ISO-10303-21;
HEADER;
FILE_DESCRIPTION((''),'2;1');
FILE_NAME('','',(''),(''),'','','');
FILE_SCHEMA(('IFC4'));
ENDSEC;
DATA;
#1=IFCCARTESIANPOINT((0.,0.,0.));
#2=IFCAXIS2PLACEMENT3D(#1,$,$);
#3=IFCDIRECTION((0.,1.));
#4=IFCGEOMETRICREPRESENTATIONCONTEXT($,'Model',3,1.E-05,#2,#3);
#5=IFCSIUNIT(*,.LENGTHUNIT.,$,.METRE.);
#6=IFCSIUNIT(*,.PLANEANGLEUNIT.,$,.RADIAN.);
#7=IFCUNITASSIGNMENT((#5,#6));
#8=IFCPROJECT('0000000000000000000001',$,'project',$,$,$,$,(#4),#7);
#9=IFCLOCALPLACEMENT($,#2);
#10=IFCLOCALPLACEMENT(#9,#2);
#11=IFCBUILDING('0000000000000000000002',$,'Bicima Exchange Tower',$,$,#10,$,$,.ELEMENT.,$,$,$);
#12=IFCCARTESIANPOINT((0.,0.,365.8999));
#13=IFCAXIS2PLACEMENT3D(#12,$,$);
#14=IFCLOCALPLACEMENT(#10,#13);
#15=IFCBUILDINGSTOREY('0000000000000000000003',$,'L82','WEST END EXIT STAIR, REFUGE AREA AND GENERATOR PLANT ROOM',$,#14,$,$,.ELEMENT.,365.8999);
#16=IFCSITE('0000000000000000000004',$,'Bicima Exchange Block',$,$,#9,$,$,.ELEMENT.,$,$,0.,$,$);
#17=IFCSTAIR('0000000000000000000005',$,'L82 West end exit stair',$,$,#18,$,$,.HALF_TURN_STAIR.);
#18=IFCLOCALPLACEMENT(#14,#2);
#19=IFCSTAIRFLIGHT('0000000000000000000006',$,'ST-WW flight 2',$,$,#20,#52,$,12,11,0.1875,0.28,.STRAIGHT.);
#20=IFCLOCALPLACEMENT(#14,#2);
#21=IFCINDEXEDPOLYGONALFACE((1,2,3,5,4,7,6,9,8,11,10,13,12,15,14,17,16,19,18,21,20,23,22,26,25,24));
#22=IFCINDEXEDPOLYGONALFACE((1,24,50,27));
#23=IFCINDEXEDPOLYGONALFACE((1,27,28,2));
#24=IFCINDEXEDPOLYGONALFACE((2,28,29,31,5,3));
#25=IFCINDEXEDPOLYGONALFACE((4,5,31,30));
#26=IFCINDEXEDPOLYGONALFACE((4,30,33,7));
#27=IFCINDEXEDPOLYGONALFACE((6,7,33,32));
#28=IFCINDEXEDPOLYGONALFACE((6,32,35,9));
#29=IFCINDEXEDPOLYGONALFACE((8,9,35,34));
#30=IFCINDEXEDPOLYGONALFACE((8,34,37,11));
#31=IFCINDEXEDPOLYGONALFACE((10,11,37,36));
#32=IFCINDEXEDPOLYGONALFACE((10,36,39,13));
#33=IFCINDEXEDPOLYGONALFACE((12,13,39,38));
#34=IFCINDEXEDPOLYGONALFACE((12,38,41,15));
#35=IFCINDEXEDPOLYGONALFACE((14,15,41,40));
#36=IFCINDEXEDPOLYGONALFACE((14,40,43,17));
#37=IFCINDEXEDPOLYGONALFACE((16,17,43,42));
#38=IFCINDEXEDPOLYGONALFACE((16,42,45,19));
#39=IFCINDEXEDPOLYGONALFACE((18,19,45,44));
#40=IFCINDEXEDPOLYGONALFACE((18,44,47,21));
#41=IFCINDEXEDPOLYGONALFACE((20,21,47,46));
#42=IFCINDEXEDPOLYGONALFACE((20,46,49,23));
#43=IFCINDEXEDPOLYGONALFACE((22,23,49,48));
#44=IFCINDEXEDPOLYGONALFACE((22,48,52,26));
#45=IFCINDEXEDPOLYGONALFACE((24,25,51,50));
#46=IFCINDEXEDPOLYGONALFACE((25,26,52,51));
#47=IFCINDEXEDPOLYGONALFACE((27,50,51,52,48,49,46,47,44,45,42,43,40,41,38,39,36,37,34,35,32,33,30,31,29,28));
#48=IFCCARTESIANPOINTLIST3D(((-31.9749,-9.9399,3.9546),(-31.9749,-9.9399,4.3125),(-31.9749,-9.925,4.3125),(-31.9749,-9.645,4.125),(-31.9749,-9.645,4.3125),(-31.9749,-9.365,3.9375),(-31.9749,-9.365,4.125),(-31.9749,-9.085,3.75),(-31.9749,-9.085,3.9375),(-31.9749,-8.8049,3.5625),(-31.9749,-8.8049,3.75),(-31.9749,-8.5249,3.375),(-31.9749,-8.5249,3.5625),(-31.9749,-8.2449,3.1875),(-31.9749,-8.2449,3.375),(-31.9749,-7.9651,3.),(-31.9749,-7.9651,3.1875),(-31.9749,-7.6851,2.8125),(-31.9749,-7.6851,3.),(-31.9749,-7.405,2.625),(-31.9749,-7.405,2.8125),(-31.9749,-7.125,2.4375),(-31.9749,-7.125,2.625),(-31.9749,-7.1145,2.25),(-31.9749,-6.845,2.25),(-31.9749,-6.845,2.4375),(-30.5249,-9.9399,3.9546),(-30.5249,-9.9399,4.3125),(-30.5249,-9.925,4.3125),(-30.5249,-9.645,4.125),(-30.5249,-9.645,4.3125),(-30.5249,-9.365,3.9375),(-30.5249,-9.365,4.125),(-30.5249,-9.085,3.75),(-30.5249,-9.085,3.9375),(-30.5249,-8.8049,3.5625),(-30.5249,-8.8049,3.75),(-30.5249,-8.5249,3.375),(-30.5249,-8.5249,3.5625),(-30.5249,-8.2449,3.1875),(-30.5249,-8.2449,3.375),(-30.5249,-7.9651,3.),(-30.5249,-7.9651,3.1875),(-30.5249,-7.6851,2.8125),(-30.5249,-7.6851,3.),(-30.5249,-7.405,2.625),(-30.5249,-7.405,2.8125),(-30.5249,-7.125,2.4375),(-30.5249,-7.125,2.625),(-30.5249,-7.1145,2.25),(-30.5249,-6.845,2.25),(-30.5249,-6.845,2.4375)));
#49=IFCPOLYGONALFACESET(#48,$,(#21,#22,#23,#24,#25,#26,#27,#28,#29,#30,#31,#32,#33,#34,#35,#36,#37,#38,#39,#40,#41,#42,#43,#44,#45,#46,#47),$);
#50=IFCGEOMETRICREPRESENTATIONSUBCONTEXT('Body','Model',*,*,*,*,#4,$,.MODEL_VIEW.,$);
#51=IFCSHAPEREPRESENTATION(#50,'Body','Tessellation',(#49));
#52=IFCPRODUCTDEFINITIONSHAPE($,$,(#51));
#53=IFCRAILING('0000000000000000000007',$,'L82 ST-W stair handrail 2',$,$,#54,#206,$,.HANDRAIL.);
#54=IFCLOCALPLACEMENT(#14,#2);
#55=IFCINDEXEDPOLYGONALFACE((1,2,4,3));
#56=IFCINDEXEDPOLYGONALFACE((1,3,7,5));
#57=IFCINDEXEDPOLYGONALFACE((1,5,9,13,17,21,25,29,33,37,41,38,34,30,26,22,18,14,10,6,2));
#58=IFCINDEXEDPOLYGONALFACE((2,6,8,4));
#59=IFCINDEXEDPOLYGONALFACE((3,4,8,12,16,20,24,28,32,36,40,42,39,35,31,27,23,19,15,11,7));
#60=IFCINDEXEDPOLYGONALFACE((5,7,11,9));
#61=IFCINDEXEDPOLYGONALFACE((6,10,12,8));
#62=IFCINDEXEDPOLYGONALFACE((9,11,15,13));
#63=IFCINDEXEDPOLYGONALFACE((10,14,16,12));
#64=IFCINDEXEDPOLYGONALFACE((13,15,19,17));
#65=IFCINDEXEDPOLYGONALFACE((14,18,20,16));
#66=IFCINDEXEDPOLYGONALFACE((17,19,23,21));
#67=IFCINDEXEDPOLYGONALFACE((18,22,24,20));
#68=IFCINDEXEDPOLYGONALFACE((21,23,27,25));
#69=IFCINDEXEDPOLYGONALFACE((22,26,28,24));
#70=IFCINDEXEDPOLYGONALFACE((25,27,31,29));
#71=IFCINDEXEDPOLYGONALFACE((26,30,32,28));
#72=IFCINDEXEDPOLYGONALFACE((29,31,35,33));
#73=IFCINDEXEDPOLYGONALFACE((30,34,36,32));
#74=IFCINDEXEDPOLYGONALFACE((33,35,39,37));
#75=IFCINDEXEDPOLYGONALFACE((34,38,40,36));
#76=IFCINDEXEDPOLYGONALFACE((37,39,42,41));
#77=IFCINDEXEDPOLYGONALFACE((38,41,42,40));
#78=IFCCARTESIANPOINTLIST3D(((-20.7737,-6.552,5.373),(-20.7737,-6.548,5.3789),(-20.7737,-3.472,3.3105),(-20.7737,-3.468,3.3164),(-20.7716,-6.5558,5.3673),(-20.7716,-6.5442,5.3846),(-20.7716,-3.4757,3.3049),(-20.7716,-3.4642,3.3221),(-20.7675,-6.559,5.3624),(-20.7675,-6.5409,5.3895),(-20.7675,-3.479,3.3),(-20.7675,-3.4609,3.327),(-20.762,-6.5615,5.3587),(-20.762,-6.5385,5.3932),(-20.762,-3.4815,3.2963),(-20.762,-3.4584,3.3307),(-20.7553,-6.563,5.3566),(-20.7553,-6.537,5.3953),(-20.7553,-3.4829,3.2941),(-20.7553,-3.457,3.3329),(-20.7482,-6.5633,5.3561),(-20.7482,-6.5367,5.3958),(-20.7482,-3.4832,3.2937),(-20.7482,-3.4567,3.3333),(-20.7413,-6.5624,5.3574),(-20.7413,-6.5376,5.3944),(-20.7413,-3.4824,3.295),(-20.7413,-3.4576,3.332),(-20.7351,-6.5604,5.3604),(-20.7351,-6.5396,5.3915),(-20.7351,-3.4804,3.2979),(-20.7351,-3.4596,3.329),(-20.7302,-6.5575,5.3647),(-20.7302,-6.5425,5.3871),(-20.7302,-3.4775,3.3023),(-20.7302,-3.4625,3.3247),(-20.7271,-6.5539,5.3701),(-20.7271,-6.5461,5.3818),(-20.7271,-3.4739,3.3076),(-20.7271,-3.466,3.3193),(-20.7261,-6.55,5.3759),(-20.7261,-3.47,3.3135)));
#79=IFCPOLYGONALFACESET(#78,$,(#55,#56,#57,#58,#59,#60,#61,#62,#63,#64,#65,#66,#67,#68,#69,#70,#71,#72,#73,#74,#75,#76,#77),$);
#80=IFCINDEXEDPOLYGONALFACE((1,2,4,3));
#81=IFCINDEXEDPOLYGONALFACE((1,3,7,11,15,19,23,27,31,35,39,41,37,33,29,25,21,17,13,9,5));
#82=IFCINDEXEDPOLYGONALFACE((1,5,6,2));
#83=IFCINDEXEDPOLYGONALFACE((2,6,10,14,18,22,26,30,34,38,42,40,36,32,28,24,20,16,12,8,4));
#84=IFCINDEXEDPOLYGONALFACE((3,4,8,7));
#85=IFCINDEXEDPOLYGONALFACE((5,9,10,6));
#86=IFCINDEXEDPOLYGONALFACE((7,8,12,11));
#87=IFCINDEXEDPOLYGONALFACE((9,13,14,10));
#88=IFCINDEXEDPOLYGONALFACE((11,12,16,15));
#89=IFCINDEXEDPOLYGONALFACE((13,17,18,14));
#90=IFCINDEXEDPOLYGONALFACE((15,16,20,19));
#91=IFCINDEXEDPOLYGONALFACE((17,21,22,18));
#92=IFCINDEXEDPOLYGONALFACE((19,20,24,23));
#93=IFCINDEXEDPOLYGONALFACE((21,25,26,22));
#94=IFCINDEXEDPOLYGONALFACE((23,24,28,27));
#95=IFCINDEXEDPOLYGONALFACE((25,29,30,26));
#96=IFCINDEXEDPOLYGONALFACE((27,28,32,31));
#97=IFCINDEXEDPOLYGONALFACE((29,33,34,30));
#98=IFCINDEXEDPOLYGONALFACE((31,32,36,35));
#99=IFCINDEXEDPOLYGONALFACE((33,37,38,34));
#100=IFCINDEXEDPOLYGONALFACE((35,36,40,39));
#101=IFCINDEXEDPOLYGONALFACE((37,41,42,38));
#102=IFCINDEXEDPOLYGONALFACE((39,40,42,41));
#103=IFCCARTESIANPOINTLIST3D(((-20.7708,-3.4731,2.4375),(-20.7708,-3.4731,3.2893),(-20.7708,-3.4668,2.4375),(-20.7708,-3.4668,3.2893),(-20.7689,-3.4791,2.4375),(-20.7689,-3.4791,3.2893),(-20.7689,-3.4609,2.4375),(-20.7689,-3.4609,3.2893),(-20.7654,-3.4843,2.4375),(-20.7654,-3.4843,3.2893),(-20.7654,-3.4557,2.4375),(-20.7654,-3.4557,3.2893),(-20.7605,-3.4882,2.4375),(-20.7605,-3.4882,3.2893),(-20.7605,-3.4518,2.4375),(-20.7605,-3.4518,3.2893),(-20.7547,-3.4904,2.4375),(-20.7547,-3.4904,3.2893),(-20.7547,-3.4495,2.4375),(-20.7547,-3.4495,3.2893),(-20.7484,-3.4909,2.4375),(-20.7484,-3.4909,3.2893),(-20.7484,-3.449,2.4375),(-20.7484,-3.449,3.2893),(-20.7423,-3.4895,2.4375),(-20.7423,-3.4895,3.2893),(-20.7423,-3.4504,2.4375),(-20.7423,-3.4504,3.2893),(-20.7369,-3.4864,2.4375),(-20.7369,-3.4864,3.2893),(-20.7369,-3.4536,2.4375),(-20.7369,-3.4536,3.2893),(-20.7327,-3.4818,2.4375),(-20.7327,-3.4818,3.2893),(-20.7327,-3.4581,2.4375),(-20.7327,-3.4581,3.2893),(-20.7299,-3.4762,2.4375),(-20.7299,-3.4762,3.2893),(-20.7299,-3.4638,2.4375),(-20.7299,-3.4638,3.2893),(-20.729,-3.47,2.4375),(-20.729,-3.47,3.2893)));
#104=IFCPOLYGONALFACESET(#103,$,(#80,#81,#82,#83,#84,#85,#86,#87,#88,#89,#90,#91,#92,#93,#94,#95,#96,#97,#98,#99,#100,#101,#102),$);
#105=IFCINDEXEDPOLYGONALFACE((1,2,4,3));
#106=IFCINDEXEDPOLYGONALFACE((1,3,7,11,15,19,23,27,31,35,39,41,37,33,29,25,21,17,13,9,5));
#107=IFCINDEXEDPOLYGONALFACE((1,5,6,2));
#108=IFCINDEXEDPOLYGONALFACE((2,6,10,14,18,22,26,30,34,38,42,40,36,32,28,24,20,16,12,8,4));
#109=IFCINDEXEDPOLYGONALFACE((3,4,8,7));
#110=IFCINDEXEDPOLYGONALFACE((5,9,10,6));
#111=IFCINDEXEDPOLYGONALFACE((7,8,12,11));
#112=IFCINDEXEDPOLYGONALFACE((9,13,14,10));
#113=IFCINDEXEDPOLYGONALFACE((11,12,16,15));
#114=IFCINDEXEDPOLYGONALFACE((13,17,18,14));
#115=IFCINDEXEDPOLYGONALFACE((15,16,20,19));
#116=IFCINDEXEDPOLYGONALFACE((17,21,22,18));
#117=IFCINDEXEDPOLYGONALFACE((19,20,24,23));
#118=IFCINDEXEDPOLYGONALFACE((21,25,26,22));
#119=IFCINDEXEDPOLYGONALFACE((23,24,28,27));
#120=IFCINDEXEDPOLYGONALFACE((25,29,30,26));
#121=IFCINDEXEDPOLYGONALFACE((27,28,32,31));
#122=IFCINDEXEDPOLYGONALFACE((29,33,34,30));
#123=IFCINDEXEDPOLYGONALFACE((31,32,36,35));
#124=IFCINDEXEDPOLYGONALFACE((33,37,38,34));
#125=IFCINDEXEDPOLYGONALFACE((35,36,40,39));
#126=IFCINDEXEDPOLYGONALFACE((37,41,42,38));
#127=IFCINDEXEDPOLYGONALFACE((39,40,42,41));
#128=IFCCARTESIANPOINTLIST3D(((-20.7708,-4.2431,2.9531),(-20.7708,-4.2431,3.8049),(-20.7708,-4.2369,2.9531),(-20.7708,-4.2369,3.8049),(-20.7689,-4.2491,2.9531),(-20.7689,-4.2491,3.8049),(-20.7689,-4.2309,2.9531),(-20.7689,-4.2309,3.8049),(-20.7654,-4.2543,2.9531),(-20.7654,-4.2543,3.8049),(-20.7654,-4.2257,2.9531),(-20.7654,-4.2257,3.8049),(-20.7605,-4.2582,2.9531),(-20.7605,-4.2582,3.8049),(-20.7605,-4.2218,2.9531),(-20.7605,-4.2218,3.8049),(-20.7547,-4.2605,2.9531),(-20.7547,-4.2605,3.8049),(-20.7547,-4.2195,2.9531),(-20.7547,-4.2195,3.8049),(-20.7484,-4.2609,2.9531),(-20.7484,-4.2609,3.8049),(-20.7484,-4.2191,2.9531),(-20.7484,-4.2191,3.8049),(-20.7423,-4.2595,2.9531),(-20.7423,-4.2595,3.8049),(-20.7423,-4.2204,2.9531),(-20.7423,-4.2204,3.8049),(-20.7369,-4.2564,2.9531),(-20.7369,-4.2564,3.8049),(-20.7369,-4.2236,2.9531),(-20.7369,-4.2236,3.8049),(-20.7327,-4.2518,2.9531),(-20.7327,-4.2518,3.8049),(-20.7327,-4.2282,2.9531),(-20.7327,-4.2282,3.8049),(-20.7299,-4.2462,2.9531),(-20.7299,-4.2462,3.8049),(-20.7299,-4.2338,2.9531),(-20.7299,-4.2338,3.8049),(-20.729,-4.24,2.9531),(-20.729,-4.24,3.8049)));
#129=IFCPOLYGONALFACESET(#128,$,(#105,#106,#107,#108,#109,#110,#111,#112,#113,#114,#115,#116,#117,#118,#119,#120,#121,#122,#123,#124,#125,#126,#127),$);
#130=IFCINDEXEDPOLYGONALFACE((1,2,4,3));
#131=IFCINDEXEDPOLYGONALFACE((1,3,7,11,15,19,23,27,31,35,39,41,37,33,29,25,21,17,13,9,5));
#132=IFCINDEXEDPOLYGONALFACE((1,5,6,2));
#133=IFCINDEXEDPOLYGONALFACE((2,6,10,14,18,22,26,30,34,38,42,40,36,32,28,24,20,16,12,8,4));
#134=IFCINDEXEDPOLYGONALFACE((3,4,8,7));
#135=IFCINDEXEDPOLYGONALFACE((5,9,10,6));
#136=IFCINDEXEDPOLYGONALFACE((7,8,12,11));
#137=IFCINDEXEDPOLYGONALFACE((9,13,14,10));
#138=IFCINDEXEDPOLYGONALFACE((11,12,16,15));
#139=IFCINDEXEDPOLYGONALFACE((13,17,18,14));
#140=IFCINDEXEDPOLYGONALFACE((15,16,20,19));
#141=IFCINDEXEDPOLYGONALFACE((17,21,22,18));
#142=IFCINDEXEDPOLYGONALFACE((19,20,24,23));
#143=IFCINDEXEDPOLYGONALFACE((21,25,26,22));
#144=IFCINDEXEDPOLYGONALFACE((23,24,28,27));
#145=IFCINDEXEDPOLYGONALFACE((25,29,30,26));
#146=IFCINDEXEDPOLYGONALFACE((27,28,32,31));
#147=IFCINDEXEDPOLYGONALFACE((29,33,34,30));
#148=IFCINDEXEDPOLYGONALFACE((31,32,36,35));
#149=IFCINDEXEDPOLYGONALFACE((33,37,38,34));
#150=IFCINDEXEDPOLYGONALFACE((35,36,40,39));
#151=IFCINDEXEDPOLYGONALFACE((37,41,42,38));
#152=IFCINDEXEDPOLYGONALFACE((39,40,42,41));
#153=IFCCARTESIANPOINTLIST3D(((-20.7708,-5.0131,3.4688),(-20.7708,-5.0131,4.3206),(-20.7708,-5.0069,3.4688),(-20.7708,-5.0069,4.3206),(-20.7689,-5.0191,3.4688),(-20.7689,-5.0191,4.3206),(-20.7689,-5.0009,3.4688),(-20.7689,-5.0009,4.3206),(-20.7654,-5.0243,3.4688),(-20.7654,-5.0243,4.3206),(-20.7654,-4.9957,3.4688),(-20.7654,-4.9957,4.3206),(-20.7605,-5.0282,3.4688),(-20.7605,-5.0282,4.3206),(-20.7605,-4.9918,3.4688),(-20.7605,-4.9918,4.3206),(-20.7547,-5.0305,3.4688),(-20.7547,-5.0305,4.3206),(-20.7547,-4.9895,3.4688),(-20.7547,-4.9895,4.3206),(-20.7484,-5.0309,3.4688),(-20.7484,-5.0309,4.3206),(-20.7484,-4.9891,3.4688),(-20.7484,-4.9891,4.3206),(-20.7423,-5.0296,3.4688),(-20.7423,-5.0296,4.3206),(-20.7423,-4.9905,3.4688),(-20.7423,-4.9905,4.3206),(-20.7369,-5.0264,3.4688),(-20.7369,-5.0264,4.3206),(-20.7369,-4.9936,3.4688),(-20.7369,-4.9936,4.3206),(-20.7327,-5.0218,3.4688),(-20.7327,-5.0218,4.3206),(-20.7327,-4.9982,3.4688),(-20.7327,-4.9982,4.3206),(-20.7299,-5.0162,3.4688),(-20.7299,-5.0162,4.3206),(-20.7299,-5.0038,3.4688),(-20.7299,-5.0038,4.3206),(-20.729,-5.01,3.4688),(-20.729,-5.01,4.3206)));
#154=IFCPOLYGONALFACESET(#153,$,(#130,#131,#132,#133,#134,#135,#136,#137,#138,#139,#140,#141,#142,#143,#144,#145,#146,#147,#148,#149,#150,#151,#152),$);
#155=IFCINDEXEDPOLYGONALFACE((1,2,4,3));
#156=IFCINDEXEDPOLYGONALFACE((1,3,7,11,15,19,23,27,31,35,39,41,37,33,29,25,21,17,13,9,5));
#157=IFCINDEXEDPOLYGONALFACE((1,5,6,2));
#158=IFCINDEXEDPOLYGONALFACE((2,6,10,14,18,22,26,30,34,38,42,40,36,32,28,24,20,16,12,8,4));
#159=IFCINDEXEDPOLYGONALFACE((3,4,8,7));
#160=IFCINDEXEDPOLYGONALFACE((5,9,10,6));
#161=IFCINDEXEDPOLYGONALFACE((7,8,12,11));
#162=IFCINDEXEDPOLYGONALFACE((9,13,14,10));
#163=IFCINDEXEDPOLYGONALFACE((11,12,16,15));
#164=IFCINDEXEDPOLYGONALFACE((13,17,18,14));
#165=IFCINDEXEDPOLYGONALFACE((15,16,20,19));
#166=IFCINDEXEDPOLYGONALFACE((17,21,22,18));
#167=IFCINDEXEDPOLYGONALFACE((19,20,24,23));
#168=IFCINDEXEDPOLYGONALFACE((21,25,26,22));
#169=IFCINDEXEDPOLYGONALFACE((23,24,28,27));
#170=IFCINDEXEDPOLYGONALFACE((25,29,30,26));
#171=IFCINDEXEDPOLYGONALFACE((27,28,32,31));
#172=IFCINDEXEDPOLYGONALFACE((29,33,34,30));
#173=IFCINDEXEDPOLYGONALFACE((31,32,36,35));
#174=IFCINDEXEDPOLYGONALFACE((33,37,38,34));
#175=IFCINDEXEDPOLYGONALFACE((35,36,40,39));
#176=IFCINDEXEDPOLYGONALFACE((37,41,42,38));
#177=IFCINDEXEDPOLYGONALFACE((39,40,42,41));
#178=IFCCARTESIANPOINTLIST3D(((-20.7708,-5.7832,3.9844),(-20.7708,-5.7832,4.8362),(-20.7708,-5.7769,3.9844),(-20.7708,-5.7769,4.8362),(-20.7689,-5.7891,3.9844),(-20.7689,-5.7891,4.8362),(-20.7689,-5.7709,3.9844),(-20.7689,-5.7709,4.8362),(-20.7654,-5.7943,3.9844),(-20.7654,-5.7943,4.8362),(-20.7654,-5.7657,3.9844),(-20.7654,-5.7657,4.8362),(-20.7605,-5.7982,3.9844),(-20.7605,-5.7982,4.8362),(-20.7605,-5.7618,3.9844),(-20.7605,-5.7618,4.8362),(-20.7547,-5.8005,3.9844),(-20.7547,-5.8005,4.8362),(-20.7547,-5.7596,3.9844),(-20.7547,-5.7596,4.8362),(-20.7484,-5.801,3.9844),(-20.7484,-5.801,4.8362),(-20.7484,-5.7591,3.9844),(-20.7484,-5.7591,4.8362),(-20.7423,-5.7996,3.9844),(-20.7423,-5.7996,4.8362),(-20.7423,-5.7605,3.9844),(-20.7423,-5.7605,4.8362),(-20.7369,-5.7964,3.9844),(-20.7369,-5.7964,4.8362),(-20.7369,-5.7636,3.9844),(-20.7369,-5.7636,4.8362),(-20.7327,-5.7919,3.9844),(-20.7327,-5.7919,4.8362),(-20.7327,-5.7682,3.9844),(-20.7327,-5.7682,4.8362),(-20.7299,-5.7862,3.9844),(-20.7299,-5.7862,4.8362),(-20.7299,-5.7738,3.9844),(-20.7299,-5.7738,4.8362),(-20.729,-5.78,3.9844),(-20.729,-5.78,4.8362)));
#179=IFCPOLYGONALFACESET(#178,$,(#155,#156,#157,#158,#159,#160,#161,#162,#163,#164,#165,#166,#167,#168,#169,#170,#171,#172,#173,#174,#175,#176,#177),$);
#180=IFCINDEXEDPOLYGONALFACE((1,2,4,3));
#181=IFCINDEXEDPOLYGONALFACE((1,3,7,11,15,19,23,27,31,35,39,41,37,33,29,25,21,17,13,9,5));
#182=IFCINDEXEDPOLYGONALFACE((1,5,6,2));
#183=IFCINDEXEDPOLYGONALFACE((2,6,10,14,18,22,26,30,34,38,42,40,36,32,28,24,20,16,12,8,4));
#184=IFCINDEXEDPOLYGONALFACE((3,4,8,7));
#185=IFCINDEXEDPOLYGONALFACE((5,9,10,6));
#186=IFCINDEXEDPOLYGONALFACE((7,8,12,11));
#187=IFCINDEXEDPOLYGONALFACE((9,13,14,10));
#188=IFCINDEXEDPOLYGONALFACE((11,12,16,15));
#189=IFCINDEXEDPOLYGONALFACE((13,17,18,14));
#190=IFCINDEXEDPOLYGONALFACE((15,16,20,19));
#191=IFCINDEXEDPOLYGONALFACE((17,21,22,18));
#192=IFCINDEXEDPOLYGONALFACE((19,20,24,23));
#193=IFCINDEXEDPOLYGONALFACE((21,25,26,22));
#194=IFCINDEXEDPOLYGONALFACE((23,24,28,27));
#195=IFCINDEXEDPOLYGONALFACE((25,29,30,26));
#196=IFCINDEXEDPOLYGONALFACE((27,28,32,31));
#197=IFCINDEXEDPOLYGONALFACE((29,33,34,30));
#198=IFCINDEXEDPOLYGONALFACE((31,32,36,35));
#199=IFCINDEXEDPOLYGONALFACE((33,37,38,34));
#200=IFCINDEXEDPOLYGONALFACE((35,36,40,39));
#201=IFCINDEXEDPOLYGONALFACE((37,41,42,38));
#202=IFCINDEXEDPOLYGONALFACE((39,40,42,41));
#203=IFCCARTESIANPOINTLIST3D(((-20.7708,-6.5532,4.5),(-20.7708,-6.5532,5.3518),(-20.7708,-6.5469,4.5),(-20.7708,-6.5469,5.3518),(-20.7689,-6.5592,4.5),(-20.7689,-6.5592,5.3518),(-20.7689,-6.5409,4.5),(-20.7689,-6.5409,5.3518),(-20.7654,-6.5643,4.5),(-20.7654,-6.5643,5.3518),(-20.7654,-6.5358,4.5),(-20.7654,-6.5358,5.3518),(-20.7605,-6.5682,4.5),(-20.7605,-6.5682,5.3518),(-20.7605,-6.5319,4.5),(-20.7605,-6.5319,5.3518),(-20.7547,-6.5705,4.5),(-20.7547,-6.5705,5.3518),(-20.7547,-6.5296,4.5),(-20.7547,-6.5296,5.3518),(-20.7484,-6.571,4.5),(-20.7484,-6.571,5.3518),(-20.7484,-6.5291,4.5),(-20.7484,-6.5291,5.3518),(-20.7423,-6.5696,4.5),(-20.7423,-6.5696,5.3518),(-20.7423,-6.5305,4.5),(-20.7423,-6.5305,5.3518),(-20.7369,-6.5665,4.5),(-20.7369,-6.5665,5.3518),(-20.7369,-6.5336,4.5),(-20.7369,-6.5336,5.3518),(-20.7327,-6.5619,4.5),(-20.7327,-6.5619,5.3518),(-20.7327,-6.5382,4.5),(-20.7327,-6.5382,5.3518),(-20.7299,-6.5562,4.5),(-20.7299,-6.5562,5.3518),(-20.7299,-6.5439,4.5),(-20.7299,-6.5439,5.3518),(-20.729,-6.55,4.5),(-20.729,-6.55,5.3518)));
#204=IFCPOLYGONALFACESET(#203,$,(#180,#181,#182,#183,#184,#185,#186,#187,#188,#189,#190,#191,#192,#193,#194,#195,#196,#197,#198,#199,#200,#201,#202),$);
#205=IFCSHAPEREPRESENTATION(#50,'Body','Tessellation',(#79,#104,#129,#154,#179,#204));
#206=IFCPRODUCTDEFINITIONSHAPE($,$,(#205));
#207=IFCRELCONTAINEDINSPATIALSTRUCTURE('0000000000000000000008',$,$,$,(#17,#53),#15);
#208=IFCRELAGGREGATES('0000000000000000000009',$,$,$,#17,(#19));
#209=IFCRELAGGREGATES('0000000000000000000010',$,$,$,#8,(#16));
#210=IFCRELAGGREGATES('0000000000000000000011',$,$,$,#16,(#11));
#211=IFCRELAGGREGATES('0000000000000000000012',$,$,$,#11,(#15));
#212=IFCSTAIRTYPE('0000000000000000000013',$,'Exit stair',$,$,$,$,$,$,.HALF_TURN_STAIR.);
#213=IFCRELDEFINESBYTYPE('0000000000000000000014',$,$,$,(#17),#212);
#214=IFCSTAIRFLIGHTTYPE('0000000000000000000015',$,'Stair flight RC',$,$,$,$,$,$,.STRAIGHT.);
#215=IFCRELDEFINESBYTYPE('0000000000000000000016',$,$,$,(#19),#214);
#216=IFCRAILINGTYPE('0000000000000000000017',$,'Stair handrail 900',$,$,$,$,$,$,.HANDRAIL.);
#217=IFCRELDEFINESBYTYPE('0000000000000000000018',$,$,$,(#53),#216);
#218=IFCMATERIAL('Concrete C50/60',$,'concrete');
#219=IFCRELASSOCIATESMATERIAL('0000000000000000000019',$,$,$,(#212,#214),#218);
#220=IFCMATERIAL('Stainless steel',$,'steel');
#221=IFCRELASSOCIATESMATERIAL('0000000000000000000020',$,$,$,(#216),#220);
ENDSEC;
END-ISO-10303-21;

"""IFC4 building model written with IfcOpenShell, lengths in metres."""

from ifc_helpers import new_model, si_unit, direction, frame, origin, origin_2d, place, context, subcontext, project, spatial, polyline, circle, outline, extrude, material, type_object, element, aggregate, save


model = new_model("IFC4")

# Units and contexts
model_context = context("Model", 3, precision=1e-05, world=origin(), true_north=direction((0.0, 1.0)))
body_context = subcontext(model_context, "Body", "Model", "MODEL_VIEW")
ifc_project = project(units=[si_unit("LENGTHUNIT", "METRE"), si_unit("PLANEANGLEUNIT", "RADIAN")], contexts=[model_context])

# Site, building, storey
site_placement = place(None, origin())
site = spatial("IfcSite", under=ifc_project, at=site_placement, Name="Bicima Exchange Block", CompositionType="ELEMENT", RefElevation=0.0)
building_placement = place(site_placement, origin())
building = spatial("IfcBuilding", under=site, at=building_placement, Name="Bicima Exchange Tower", CompositionType="ELEMENT")
storey_placement = place(building_placement, frame((0.0, 0.0, 365.8999)))
storey = spatial("IfcBuildingStorey", under=building, at=storey_placement, Name="L82", Description="WEST END EXIT STAIR, REFUGE AREA AND GENERATOR PLANT ROOM", CompositionType="ELEMENT", Elevation=365.8999)

# Shared definitions
ifc_material_1 = material(Name="Concrete C50/60", Category="concrete")

# Stair, stair flight
stair_type = type_object("IfcStairType", Name="Exit stair", PredefinedType="HALF_TURN_STAIR", material=ifc_material_1)
stair_placement = place(storey_placement, origin())
stair = element("IfcStair", 1, at=stair_placement, inside=storey, type_object=stair_type, Name="L82 West end exit stair", PredefinedType="HALF_TURN_STAIR")
stair_flight_type = type_object("IfcStairFlightType", Name="Stair flight RC", PredefinedType="STRAIGHT", material=ifc_material_1)
stair_flight_1_placement = place(storey_placement, frame((-31.25, -6.845, 2.25), z_axis=(0.0, 0.0, 1.0), x_axis=(0.0, -1.0, 0.0)))
stair_flight_1 = element("IfcStairFlight", 2, at=stair_flight_1_placement, type_object=stair_flight_type, Name="ST-WW flight 2", NumberOfRisers=12, NumberOfTreads=11, PredefinedType="STRAIGHT", RiserHeight=0.1875, TreadLength=0.28, context=body_context, shape_type="SweptSolid", body=[
    extrude(outline(polyline([(0.0, 0.0), (0.0, 0.1875), (0.28, 0.1875), (0.28, 0.375), (0.5601, 0.375), (0.5601, 0.5625), (0.8401, 0.5625), (0.8401, 0.75), (1.1201, 0.75), (1.1201, 0.9375), (1.3999, 0.9375), (1.3999, 1.125), (1.6799, 1.125), (1.6799, 1.3125), (1.96, 1.3125), (1.96, 1.5), (2.24, 1.5), (2.24, 1.6875), (2.52, 1.6875), (2.52, 1.875), (2.8, 1.875), (2.8, 2.0625), (3.0801, 2.0625), (3.095, 2.0625), (3.095, 1.7046), (0.2695, 0.0), (0.0, 0.0)])), frame((0.0, 0.7251, 0.0), z_axis=(0.0, -1.0, 0.0), x_axis=(1.0, 0.0, 0.0)), (0.0, 0.0, 1.0), 1.45),
])
aggregate(stair, [stair_flight_1])

# Railing
ifc_material_2 = material(Name="Stainless steel", Category="steel")
railing_type_1 = type_object("IfcRailingType", Name="Stair handrail 900", PredefinedType="HANDRAIL", material=ifc_material_2)
railing_1_placement = place(storey_placement, frame((-20.75, -3.47, 2.4375)))
element("IfcRailing", 3, at=railing_1_placement, inside=storey, type_object=railing_type_1, Name="L82 ST-W stair handrail 2", PredefinedType="HANDRAIL", context=body_context, shape_type="SweptSolid", body=[
    extrude(circle(Radius=0.0239, at=origin_2d()), frame((0.0, 0.0, 0.876), z_axis=(0.0, -0.830914, 0.556401), x_axis=(1.0, 0.0, 0.0)), (0.0, 0.0, 1.0), 3.7068),
    extrude(circle(Radius=0.021, at=origin_2d()), origin(), (0.0, 0.0, 1.0), 0.8518),
    extrude(circle(Radius=0.021, at=origin_2d()), frame((0.0, -0.77, 0.5156)), (0.0, 0.0, 1.0), 0.8518),
    extrude(circle(Radius=0.021, at=origin_2d()), frame((0.0, -1.54, 1.0312)), (0.0, 0.0, 1.0), 0.8518),
    extrude(circle(Radius=0.021, at=origin_2d()), frame((0.0, -2.3101, 1.5469)), (0.0, 0.0, 1.0), 0.8518),
    extrude(circle(Radius=0.021, at=origin_2d()), frame((0.0, -3.0801, 2.0625)), (0.0, 0.0, 1.0), 0.8518),
])

save(model, "model.ifc")
